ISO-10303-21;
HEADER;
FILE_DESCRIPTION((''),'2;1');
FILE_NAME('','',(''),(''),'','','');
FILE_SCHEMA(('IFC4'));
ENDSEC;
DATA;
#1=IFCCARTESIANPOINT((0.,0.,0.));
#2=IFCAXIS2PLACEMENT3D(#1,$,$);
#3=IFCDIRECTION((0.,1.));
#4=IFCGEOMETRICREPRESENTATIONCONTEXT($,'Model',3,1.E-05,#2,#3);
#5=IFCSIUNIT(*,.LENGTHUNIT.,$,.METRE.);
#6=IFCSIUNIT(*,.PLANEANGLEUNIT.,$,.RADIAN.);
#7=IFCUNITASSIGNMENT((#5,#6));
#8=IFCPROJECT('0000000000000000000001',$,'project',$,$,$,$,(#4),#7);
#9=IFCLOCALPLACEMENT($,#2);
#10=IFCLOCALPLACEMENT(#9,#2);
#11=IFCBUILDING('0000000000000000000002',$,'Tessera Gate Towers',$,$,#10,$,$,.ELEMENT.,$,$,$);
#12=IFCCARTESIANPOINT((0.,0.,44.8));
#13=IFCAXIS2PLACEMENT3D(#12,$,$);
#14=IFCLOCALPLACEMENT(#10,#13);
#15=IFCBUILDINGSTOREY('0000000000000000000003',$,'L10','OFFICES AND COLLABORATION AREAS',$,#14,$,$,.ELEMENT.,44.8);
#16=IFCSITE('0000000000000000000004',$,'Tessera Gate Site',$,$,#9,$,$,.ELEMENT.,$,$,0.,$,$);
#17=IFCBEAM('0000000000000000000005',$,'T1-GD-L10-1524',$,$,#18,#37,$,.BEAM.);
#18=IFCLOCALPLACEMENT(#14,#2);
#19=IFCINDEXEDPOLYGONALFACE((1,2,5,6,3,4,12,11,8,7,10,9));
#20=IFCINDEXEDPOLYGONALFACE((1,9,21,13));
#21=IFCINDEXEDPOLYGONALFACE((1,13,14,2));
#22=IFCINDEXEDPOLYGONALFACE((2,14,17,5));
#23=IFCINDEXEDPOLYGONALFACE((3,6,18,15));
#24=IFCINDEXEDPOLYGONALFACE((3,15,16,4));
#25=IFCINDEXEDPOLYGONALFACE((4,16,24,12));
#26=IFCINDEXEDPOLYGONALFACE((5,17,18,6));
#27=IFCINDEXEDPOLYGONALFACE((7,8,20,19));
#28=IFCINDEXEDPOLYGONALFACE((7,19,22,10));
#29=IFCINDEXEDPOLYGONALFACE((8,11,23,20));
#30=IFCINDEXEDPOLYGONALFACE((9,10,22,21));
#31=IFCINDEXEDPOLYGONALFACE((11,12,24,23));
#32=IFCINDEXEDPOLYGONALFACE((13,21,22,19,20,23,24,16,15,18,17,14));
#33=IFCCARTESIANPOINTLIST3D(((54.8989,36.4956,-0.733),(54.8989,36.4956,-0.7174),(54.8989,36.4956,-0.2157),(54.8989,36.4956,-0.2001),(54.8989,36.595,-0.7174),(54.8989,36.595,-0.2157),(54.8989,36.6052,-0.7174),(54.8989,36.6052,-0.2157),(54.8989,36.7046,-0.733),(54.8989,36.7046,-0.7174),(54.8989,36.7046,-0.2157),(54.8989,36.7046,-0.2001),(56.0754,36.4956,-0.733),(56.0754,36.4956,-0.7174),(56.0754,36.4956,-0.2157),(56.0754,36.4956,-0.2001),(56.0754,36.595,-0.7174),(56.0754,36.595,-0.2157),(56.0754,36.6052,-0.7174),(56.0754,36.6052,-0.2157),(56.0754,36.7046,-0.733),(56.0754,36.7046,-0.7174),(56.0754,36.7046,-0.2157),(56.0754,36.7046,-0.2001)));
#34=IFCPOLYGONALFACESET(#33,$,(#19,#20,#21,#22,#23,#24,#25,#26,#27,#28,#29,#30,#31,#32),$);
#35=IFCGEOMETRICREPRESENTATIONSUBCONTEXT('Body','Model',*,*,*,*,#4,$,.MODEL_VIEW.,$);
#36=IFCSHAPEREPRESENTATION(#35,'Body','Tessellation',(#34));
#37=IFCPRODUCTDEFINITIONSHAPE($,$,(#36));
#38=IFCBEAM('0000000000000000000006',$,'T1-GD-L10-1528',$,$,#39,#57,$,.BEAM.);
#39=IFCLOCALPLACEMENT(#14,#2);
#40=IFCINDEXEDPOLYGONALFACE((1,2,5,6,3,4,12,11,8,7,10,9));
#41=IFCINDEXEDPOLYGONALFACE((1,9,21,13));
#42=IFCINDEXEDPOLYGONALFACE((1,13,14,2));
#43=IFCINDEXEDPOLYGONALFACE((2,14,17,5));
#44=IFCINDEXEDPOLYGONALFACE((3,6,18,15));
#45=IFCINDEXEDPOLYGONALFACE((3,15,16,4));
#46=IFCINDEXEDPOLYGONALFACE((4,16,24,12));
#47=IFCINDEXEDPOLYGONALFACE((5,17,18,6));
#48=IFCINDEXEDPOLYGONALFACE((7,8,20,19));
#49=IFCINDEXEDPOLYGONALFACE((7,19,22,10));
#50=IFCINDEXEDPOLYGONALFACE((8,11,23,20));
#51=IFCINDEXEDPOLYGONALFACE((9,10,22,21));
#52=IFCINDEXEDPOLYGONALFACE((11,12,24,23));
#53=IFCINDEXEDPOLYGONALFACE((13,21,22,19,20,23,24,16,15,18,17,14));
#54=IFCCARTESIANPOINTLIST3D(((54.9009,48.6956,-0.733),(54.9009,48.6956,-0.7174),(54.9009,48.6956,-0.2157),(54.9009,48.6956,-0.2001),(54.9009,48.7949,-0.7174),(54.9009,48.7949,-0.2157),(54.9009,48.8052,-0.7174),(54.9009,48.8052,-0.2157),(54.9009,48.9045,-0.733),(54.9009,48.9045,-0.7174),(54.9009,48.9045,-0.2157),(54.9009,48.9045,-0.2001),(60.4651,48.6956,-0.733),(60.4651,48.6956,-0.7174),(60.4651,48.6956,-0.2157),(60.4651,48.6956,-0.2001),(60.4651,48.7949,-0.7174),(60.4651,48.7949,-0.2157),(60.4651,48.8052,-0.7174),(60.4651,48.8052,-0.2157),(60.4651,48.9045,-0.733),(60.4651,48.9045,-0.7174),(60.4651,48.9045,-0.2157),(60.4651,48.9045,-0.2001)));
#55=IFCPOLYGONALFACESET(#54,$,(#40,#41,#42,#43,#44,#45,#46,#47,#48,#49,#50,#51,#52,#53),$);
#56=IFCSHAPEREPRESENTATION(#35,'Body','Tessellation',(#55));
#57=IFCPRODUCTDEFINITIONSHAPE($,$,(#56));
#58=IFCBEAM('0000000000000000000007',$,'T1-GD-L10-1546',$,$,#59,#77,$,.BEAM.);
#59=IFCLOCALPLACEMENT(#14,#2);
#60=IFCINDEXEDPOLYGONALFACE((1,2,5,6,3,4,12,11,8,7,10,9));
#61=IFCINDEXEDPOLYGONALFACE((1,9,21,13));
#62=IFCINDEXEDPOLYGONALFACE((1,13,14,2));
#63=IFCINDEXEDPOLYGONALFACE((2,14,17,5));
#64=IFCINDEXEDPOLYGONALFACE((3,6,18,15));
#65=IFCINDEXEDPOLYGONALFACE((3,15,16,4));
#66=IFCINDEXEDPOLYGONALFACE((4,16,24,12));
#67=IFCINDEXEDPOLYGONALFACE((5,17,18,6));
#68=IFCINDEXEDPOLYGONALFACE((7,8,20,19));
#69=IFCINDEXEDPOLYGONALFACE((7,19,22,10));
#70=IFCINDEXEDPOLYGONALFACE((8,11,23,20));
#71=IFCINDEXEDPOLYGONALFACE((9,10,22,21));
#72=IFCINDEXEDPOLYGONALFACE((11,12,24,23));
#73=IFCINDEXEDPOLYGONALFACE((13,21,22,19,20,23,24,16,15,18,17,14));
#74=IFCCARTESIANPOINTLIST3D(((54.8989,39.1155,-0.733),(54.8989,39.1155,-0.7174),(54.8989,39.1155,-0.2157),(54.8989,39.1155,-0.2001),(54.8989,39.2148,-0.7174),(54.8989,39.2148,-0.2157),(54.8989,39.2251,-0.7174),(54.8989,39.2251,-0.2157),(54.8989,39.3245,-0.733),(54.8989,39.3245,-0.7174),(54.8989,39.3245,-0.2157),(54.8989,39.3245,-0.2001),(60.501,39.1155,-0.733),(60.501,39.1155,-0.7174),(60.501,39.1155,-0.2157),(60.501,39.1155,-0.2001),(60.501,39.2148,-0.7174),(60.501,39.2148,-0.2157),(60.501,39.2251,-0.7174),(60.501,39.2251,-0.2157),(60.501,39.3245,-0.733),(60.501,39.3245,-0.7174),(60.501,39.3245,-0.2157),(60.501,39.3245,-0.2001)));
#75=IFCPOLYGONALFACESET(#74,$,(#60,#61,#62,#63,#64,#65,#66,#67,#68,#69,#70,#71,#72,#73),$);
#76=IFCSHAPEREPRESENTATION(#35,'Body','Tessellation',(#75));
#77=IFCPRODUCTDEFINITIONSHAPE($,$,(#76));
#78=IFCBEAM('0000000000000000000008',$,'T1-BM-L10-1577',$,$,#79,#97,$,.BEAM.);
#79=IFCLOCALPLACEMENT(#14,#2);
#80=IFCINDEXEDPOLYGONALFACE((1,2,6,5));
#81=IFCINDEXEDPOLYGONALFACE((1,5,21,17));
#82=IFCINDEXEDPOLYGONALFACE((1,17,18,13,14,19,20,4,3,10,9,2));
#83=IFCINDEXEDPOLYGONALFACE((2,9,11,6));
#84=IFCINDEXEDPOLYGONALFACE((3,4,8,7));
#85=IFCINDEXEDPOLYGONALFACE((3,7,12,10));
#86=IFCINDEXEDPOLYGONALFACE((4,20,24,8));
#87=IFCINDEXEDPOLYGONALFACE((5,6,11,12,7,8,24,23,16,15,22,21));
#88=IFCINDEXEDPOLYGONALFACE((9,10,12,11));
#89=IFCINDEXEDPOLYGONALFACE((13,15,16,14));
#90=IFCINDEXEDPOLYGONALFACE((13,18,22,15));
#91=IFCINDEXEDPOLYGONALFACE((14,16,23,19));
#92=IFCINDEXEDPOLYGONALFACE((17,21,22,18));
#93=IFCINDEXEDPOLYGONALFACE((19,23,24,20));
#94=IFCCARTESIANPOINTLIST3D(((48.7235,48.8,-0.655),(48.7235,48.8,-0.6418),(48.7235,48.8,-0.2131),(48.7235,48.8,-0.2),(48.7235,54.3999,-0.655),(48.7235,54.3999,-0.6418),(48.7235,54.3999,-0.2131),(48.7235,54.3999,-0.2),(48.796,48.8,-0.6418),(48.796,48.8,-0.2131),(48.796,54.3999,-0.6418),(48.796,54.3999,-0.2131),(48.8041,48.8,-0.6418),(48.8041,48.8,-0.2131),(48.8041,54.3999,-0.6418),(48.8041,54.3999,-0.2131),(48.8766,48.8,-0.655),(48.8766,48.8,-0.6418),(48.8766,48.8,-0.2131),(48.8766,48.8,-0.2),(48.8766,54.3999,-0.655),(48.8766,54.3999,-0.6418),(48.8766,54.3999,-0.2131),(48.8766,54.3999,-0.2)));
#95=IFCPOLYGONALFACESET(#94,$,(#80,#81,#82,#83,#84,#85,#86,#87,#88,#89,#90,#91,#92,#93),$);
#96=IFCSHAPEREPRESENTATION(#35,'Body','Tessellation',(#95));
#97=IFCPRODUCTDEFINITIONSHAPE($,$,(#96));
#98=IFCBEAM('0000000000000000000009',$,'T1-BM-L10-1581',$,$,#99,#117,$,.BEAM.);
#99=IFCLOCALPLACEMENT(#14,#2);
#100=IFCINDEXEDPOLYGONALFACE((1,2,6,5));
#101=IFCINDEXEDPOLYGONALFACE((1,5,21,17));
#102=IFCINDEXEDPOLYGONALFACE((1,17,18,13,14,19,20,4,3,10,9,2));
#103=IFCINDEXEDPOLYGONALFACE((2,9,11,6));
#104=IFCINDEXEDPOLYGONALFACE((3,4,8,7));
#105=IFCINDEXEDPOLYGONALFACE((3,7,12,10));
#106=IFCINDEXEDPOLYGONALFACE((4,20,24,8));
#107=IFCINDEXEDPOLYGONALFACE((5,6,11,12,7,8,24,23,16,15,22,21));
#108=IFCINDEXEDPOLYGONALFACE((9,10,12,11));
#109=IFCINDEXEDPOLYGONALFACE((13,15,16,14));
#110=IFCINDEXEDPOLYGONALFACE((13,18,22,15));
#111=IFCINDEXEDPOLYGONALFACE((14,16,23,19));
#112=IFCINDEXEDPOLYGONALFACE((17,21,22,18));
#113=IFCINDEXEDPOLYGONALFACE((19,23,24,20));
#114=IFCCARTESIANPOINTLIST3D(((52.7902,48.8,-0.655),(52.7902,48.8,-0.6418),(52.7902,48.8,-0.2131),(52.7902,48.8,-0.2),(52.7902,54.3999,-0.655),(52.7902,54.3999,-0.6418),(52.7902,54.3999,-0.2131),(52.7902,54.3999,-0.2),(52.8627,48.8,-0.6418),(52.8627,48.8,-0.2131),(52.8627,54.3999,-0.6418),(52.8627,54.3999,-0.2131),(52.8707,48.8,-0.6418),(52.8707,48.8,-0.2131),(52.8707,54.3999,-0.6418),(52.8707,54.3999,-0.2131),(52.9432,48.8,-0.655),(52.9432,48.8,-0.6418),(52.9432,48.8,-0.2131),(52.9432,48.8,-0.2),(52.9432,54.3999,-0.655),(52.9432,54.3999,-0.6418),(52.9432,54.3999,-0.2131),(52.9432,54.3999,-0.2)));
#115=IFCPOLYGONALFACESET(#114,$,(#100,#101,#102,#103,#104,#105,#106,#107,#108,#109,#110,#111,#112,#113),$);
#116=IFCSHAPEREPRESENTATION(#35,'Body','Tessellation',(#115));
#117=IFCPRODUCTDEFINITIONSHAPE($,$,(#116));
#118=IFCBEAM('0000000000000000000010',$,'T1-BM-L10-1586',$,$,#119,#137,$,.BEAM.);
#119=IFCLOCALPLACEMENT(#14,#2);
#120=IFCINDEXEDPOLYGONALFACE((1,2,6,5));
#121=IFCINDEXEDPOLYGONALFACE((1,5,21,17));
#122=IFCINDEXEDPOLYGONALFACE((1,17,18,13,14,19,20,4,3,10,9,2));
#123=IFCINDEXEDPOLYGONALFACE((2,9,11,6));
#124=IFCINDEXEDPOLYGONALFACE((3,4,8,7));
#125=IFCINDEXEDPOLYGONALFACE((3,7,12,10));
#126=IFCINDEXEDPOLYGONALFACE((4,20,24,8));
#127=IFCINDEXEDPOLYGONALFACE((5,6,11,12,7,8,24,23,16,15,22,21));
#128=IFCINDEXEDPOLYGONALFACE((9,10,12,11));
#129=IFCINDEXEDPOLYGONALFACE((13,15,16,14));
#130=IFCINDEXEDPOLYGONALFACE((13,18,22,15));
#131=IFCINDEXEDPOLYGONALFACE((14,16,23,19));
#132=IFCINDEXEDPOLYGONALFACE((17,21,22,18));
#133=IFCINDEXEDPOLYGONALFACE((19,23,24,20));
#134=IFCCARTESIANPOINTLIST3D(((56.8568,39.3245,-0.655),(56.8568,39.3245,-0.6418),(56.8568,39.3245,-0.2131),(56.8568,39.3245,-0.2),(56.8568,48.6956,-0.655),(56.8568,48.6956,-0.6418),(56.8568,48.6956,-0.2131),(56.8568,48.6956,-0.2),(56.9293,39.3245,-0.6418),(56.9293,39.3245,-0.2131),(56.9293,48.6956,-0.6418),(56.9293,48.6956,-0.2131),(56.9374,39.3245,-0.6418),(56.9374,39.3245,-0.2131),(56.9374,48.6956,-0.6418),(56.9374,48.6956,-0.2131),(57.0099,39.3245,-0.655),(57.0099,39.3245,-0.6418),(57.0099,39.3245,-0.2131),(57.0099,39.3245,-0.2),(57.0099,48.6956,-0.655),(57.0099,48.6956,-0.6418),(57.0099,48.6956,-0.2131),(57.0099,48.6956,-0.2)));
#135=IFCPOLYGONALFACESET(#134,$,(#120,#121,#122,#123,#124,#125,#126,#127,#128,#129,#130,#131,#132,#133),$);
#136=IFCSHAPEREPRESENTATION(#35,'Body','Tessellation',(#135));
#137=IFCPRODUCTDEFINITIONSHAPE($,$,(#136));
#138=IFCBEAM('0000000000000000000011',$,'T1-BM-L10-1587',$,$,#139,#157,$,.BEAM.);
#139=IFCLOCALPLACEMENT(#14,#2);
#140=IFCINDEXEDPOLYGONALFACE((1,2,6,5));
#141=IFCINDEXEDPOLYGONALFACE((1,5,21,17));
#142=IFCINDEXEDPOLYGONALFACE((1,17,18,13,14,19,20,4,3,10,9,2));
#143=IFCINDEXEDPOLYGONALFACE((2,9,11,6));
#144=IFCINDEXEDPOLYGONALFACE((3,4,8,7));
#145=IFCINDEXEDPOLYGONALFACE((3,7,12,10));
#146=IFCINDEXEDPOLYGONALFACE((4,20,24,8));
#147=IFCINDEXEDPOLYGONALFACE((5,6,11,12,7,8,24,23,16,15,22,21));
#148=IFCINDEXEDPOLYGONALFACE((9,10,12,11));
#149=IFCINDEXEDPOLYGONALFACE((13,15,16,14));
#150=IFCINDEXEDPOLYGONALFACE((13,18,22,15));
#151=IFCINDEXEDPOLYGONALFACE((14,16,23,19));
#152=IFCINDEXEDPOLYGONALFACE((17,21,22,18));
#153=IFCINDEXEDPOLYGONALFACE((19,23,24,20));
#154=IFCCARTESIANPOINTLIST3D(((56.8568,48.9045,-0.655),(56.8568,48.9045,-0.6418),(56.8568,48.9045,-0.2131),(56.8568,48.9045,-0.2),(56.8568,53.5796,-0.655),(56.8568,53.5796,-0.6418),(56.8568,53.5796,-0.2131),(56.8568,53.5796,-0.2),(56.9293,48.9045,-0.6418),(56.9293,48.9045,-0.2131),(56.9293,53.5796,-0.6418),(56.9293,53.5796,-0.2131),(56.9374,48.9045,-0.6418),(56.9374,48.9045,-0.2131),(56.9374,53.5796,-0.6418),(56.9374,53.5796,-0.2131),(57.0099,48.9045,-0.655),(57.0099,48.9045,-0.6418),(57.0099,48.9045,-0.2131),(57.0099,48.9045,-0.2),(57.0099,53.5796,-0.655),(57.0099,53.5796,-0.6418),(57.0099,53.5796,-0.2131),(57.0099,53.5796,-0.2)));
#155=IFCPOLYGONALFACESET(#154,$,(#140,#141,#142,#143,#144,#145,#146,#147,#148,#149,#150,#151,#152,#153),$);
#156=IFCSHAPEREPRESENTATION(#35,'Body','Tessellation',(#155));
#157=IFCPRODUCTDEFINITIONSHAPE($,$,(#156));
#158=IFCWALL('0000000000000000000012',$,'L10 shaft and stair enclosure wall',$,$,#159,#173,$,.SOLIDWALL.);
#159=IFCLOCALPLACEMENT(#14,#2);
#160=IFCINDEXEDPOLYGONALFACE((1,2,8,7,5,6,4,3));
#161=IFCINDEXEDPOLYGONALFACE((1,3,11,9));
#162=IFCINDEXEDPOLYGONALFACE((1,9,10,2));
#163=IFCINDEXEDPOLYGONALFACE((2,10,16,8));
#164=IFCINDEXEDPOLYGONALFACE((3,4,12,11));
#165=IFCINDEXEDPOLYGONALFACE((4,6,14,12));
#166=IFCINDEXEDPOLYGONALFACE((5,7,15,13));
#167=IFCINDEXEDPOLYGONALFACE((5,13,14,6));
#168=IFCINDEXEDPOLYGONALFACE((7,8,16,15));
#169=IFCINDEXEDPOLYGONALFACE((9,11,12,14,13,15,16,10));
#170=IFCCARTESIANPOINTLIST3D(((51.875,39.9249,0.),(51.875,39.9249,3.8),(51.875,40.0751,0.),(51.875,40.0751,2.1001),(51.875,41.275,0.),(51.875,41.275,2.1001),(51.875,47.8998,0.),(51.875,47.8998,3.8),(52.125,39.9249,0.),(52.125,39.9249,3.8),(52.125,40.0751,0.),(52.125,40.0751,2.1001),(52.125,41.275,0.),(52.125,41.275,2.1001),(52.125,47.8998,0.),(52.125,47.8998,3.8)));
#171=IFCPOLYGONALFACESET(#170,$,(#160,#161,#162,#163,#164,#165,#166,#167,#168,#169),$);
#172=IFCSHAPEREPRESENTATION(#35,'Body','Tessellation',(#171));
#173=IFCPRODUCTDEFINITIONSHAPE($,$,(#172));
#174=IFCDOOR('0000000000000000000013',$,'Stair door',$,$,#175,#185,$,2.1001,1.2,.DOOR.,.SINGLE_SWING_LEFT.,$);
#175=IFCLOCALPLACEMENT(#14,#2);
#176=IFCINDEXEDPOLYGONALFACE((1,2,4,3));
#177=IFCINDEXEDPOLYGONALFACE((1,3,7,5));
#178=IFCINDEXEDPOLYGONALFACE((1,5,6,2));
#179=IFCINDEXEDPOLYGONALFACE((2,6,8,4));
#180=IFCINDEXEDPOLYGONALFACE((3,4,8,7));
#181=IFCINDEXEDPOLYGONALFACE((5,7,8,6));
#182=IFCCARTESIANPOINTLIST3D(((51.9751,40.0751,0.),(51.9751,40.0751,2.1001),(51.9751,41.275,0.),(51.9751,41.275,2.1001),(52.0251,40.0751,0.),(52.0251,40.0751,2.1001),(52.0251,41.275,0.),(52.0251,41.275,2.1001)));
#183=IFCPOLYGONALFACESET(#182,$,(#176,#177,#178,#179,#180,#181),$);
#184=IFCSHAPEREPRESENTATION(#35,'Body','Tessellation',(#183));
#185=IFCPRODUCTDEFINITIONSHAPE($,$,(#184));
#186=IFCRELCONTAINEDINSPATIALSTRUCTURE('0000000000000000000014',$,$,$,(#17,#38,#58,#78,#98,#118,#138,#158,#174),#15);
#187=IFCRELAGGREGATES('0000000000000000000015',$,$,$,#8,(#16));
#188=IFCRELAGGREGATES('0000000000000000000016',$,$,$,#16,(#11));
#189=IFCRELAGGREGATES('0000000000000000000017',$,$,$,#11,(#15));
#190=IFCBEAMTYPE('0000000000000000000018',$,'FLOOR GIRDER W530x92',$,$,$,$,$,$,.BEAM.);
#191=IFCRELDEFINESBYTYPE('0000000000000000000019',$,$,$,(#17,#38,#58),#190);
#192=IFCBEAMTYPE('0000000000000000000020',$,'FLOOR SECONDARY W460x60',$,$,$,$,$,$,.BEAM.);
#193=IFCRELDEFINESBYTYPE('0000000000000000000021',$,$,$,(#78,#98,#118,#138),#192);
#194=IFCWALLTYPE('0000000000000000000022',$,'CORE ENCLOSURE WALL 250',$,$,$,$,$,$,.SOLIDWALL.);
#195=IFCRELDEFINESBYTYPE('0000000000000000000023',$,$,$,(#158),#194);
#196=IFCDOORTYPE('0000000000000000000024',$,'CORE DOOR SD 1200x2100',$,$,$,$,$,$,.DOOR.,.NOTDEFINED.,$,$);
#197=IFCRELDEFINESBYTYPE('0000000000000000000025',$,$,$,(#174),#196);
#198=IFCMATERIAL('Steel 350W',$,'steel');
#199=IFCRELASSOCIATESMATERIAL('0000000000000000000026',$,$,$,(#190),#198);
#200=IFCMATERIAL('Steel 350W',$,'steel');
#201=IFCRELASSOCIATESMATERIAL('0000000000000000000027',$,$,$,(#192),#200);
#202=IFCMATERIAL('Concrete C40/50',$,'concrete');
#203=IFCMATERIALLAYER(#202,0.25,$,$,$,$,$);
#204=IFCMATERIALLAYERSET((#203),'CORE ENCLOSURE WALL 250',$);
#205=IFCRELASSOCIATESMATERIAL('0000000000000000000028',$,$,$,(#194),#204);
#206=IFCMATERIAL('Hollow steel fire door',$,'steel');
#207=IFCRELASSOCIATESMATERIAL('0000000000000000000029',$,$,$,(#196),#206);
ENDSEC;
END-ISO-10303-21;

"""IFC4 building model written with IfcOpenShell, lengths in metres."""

from ifc_helpers import new_model, si_unit, direction, frame, frame_2d, origin, origin_2d, place, context, subcontext, project, spatial, rectangle, i_section, extrude, source, transform, mapped, material, layer, layer_set, material_profile, profile_set, type_object, element, fill, save


model = new_model("IFC4")

# Units and contexts
model_context = context("Model", 3, precision=1e-05, world=origin(), true_north=direction((0.0, 1.0)))
body_context = subcontext(model_context, "Body", "Model", "MODEL_VIEW")
ifc_project = project(units=[si_unit("LENGTHUNIT", "METRE"), si_unit("PLANEANGLEUNIT", "RADIAN")], contexts=[model_context])

# Site, building, storey
site_placement = place(None, origin())
site = spatial("IfcSite", under=ifc_project, at=site_placement, Name="Tessera Gate Site", CompositionType="ELEMENT", RefElevation=0.0)
building_placement = place(site_placement, origin())
building = spatial("IfcBuilding", under=site, at=building_placement, Name="Tessera Gate Towers", CompositionType="ELEMENT")
storey_placement = place(building_placement, frame((0.0, 0.0, 44.8)))
storey = spatial("IfcBuildingStorey", under=building, at=storey_placement, Name="L10", Description="OFFICES AND COLLABORATION AREAS", CompositionType="ELEMENT", Elevation=44.8)

# Beams
ifc_material_1 = material(Name="Steel 350W", Category="steel")
ifc_material_profile_1 = material_profile(ifc_material_1, i_section(OverallWidth=0.209, OverallDepth=0.533, WebThickness=0.0103, FlangeThickness=0.0156, at=origin_2d()), Name="W530x92")
ifc_profile_set_1 = profile_set([ifc_material_profile_1], Name="Steel 350W")
beam_type_1 = type_object("IfcBeamType", Name="FLOOR GIRDER W530x92", PredefinedType="BEAM", material=ifc_profile_set_1)
beam_1_placement = place(storey_placement, frame((54.8989, 36.6001, -0.4666), z_axis=(1.0, 0.0, 0.0), x_axis=(0.0, 1.0, 0.0)))
element("IfcBeam", 1, at=beam_1_placement, inside=storey, type_object=beam_type_1, Name="T1-GD-L10-1524", PredefinedType="BEAM", context=body_context, shape_type="SweptSolid", body=[
    extrude(i_section(OverallWidth=0.209, OverallDepth=0.533, WebThickness=0.0103, FlangeThickness=0.0156, at=origin_2d()), origin(), (0.0, 0.0, 1.0), 1.1765),
])
beam_2_placement = place(storey_placement, frame((54.9009, 48.8, -0.4666), z_axis=(1.0, 0.0, 0.0), x_axis=(0.0, 1.0, 0.0)))
element("IfcBeam", 2, at=beam_2_placement, inside=storey, type_object=beam_type_1, Name="T1-GD-L10-1528", PredefinedType="BEAM", context=body_context, shape_type="SweptSolid", body=[
    extrude(i_section(OverallWidth=0.209, OverallDepth=0.533, WebThickness=0.0103, FlangeThickness=0.0156, at=origin_2d()), origin(), (0.0, 0.0, 1.0), 5.5642),
])
beam_3_placement = place(storey_placement, frame((54.8989, 39.22, -0.4666), z_axis=(1.0, 0.0, 0.0), x_axis=(0.0, 1.0, 0.0)))
element("IfcBeam", 3, at=beam_3_placement, inside=storey, type_object=beam_type_1, Name="T1-GD-L10-1546", PredefinedType="BEAM", context=body_context, shape_type="SweptSolid", body=[
    extrude(i_section(OverallWidth=0.209, OverallDepth=0.533, WebThickness=0.0103, FlangeThickness=0.0156, at=origin_2d()), origin(), (0.0, 0.0, 1.0), 5.6021),
])
ifc_material_2 = material(Name="Steel 350W", Category="steel")
ifc_material_profile_2 = material_profile(ifc_material_2, i_section(OverallWidth=0.1531, OverallDepth=0.4551, WebThickness=0.0081, FlangeThickness=0.0132, at=origin_2d()), Name="W460x60")
ifc_profile_set_2 = profile_set([ifc_material_profile_2], Name="Steel 350W")
beam_type_2 = type_object("IfcBeamType", Name="FLOOR SECONDARY W460x60", PredefinedType="BEAM", material=ifc_profile_set_2)
for number, where, z_axis, x_axis, name in (
    (4, (48.8, 48.8, -0.4275), (0.0, 1.0, 0.0), (-1.0, 0.0, 0.0), "T1-BM-L10-1577"),
    (5, (52.8667, 48.8, -0.4275), (0.0, 1.0, 0.0), (-1.0, 0.0, 0.0), "T1-BM-L10-1581"),
):
    element("IfcBeam", number, at=place(storey_placement, frame(where, z_axis=z_axis, x_axis=x_axis)), inside=storey, type_object=beam_type_2, Name=name, PredefinedType="BEAM", context=body_context, shape_type="SweptSolid", body=[
        extrude(i_section(OverallWidth=0.1531, OverallDepth=0.4551, WebThickness=0.0081, FlangeThickness=0.0132, at=origin_2d()), origin(), (0.0, 0.0, 1.0), 5.5999),
    ])
beam_4_placement = place(storey_placement, frame((56.9333, 39.3245, -0.4275), z_axis=(0.0, 1.0, 0.0), x_axis=(-1.0, 0.0, 0.0)))
element("IfcBeam", 6, at=beam_4_placement, inside=storey, type_object=beam_type_2, Name="T1-BM-L10-1586", PredefinedType="BEAM", context=body_context, shape_type="SweptSolid", body=[
    extrude(i_section(OverallWidth=0.1531, OverallDepth=0.4551, WebThickness=0.0081, FlangeThickness=0.0132, at=origin_2d()), origin(), (0.0, 0.0, 1.0), 9.3711),
])
beam_5_placement = place(storey_placement, frame((56.9333, 48.9045, -0.4275), z_axis=(0.0, 1.0, 0.0), x_axis=(-1.0, 0.0, 0.0)))
element("IfcBeam", 7, at=beam_5_placement, inside=storey, type_object=beam_type_2, Name="T1-BM-L10-1587", PredefinedType="BEAM", context=body_context, shape_type="SweptSolid", body=[
    extrude(i_section(OverallWidth=0.1531, OverallDepth=0.4551, WebThickness=0.0081, FlangeThickness=0.0132, at=origin_2d()), origin(), (0.0, 0.0, 1.0), 4.675),
])

# Wall, opening, door
ifc_material_3 = material(Name="Concrete C40/50", Category="concrete")
ifc_layer_1 = layer(ifc_material_3, 0.25)
ifc_layer_set_1 = layer_set([ifc_layer_1], Name="CORE ENCLOSURE WALL 250")
wall_type_1 = type_object("IfcWallType", Name="CORE ENCLOSURE WALL 250", PredefinedType="SOLIDWALL", material=ifc_layer_set_1)
wall_1_placement = place(storey_placement, frame((52.0, 39.925, 0.0), z_axis=(0.0, 0.0, 1.0), x_axis=(0.0, 1.0, 0.0)))
wall_1 = element("IfcWall", 8, at=wall_1_placement, inside=storey, type_object=wall_type_1, Name="L10 shaft and stair enclosure wall", PredefinedType="SOLIDWALL", context=body_context, shape_type="SweptSolid", body=[
    extrude(rectangle(XDim=7.9749, YDim=0.25, at=frame_2d((3.9873, 0.0))), origin(), (0.0, 0.0, 1.0), 3.8),
])
shared_shape_1 = source(origin(), body_context, "Body", "SweptSolid", [
    extrude(rectangle(XDim=1.2, YDim=2.1001, at=frame_2d((0.6001, 1.05))), frame((0.0, 0.135, 0.0), z_axis=(0.0, -1.0, 0.0), x_axis=(1.0, 0.0, 0.0)), (0.0, 0.0, 1.0), 0.27),
])
opening_1_placement = place(wall_1_placement, frame((0.1499, 0.0, 0.0)))
opening_1 = element("IfcOpeningElement", 9, at=opening_1_placement, cuts=wall_1, PredefinedType="OPENING", context=body_context, shape_type="MappedRepresentation", body=[
    mapped(shared_shape_1, transform((0.0, 0.0, 0.0), scale=1.0)),
])
ifc_material_4 = material(Name="Hollow steel fire door", Category="steel")
door_type_1 = type_object("IfcDoorType", Name="CORE DOOR SD 1200x2100", OperationType="NOTDEFINED", PredefinedType="DOOR", material=ifc_material_4)
shared_shape_2 = source(origin(), body_context, "Body", "SweptSolid", [
    extrude(rectangle(XDim=1.2, YDim=2.1001, at=frame_2d((0.6001, 1.05))), frame((0.0, 0.0249, 0.0), z_axis=(0.0, -1.0, 0.0), x_axis=(1.0, 0.0, 0.0)), (0.0, 0.0, 1.0), 0.05),
])
door_1_placement = place(opening_1_placement, origin())
door_1 = element("IfcDoor", 10, at=door_1_placement, inside=storey, type_object=door_type_1, Name="Stair door", OperationType="SINGLE_SWING_LEFT", OverallHeight=2.1001, OverallWidth=1.2, PredefinedType="DOOR", context=body_context, shape_type="MappedRepresentation", body=[
    mapped(shared_shape_2, transform((0.0, 0.0, 0.0), scale=1.0)),
])
fill(opening_1, door_1)

save(model, "model.ifc")
